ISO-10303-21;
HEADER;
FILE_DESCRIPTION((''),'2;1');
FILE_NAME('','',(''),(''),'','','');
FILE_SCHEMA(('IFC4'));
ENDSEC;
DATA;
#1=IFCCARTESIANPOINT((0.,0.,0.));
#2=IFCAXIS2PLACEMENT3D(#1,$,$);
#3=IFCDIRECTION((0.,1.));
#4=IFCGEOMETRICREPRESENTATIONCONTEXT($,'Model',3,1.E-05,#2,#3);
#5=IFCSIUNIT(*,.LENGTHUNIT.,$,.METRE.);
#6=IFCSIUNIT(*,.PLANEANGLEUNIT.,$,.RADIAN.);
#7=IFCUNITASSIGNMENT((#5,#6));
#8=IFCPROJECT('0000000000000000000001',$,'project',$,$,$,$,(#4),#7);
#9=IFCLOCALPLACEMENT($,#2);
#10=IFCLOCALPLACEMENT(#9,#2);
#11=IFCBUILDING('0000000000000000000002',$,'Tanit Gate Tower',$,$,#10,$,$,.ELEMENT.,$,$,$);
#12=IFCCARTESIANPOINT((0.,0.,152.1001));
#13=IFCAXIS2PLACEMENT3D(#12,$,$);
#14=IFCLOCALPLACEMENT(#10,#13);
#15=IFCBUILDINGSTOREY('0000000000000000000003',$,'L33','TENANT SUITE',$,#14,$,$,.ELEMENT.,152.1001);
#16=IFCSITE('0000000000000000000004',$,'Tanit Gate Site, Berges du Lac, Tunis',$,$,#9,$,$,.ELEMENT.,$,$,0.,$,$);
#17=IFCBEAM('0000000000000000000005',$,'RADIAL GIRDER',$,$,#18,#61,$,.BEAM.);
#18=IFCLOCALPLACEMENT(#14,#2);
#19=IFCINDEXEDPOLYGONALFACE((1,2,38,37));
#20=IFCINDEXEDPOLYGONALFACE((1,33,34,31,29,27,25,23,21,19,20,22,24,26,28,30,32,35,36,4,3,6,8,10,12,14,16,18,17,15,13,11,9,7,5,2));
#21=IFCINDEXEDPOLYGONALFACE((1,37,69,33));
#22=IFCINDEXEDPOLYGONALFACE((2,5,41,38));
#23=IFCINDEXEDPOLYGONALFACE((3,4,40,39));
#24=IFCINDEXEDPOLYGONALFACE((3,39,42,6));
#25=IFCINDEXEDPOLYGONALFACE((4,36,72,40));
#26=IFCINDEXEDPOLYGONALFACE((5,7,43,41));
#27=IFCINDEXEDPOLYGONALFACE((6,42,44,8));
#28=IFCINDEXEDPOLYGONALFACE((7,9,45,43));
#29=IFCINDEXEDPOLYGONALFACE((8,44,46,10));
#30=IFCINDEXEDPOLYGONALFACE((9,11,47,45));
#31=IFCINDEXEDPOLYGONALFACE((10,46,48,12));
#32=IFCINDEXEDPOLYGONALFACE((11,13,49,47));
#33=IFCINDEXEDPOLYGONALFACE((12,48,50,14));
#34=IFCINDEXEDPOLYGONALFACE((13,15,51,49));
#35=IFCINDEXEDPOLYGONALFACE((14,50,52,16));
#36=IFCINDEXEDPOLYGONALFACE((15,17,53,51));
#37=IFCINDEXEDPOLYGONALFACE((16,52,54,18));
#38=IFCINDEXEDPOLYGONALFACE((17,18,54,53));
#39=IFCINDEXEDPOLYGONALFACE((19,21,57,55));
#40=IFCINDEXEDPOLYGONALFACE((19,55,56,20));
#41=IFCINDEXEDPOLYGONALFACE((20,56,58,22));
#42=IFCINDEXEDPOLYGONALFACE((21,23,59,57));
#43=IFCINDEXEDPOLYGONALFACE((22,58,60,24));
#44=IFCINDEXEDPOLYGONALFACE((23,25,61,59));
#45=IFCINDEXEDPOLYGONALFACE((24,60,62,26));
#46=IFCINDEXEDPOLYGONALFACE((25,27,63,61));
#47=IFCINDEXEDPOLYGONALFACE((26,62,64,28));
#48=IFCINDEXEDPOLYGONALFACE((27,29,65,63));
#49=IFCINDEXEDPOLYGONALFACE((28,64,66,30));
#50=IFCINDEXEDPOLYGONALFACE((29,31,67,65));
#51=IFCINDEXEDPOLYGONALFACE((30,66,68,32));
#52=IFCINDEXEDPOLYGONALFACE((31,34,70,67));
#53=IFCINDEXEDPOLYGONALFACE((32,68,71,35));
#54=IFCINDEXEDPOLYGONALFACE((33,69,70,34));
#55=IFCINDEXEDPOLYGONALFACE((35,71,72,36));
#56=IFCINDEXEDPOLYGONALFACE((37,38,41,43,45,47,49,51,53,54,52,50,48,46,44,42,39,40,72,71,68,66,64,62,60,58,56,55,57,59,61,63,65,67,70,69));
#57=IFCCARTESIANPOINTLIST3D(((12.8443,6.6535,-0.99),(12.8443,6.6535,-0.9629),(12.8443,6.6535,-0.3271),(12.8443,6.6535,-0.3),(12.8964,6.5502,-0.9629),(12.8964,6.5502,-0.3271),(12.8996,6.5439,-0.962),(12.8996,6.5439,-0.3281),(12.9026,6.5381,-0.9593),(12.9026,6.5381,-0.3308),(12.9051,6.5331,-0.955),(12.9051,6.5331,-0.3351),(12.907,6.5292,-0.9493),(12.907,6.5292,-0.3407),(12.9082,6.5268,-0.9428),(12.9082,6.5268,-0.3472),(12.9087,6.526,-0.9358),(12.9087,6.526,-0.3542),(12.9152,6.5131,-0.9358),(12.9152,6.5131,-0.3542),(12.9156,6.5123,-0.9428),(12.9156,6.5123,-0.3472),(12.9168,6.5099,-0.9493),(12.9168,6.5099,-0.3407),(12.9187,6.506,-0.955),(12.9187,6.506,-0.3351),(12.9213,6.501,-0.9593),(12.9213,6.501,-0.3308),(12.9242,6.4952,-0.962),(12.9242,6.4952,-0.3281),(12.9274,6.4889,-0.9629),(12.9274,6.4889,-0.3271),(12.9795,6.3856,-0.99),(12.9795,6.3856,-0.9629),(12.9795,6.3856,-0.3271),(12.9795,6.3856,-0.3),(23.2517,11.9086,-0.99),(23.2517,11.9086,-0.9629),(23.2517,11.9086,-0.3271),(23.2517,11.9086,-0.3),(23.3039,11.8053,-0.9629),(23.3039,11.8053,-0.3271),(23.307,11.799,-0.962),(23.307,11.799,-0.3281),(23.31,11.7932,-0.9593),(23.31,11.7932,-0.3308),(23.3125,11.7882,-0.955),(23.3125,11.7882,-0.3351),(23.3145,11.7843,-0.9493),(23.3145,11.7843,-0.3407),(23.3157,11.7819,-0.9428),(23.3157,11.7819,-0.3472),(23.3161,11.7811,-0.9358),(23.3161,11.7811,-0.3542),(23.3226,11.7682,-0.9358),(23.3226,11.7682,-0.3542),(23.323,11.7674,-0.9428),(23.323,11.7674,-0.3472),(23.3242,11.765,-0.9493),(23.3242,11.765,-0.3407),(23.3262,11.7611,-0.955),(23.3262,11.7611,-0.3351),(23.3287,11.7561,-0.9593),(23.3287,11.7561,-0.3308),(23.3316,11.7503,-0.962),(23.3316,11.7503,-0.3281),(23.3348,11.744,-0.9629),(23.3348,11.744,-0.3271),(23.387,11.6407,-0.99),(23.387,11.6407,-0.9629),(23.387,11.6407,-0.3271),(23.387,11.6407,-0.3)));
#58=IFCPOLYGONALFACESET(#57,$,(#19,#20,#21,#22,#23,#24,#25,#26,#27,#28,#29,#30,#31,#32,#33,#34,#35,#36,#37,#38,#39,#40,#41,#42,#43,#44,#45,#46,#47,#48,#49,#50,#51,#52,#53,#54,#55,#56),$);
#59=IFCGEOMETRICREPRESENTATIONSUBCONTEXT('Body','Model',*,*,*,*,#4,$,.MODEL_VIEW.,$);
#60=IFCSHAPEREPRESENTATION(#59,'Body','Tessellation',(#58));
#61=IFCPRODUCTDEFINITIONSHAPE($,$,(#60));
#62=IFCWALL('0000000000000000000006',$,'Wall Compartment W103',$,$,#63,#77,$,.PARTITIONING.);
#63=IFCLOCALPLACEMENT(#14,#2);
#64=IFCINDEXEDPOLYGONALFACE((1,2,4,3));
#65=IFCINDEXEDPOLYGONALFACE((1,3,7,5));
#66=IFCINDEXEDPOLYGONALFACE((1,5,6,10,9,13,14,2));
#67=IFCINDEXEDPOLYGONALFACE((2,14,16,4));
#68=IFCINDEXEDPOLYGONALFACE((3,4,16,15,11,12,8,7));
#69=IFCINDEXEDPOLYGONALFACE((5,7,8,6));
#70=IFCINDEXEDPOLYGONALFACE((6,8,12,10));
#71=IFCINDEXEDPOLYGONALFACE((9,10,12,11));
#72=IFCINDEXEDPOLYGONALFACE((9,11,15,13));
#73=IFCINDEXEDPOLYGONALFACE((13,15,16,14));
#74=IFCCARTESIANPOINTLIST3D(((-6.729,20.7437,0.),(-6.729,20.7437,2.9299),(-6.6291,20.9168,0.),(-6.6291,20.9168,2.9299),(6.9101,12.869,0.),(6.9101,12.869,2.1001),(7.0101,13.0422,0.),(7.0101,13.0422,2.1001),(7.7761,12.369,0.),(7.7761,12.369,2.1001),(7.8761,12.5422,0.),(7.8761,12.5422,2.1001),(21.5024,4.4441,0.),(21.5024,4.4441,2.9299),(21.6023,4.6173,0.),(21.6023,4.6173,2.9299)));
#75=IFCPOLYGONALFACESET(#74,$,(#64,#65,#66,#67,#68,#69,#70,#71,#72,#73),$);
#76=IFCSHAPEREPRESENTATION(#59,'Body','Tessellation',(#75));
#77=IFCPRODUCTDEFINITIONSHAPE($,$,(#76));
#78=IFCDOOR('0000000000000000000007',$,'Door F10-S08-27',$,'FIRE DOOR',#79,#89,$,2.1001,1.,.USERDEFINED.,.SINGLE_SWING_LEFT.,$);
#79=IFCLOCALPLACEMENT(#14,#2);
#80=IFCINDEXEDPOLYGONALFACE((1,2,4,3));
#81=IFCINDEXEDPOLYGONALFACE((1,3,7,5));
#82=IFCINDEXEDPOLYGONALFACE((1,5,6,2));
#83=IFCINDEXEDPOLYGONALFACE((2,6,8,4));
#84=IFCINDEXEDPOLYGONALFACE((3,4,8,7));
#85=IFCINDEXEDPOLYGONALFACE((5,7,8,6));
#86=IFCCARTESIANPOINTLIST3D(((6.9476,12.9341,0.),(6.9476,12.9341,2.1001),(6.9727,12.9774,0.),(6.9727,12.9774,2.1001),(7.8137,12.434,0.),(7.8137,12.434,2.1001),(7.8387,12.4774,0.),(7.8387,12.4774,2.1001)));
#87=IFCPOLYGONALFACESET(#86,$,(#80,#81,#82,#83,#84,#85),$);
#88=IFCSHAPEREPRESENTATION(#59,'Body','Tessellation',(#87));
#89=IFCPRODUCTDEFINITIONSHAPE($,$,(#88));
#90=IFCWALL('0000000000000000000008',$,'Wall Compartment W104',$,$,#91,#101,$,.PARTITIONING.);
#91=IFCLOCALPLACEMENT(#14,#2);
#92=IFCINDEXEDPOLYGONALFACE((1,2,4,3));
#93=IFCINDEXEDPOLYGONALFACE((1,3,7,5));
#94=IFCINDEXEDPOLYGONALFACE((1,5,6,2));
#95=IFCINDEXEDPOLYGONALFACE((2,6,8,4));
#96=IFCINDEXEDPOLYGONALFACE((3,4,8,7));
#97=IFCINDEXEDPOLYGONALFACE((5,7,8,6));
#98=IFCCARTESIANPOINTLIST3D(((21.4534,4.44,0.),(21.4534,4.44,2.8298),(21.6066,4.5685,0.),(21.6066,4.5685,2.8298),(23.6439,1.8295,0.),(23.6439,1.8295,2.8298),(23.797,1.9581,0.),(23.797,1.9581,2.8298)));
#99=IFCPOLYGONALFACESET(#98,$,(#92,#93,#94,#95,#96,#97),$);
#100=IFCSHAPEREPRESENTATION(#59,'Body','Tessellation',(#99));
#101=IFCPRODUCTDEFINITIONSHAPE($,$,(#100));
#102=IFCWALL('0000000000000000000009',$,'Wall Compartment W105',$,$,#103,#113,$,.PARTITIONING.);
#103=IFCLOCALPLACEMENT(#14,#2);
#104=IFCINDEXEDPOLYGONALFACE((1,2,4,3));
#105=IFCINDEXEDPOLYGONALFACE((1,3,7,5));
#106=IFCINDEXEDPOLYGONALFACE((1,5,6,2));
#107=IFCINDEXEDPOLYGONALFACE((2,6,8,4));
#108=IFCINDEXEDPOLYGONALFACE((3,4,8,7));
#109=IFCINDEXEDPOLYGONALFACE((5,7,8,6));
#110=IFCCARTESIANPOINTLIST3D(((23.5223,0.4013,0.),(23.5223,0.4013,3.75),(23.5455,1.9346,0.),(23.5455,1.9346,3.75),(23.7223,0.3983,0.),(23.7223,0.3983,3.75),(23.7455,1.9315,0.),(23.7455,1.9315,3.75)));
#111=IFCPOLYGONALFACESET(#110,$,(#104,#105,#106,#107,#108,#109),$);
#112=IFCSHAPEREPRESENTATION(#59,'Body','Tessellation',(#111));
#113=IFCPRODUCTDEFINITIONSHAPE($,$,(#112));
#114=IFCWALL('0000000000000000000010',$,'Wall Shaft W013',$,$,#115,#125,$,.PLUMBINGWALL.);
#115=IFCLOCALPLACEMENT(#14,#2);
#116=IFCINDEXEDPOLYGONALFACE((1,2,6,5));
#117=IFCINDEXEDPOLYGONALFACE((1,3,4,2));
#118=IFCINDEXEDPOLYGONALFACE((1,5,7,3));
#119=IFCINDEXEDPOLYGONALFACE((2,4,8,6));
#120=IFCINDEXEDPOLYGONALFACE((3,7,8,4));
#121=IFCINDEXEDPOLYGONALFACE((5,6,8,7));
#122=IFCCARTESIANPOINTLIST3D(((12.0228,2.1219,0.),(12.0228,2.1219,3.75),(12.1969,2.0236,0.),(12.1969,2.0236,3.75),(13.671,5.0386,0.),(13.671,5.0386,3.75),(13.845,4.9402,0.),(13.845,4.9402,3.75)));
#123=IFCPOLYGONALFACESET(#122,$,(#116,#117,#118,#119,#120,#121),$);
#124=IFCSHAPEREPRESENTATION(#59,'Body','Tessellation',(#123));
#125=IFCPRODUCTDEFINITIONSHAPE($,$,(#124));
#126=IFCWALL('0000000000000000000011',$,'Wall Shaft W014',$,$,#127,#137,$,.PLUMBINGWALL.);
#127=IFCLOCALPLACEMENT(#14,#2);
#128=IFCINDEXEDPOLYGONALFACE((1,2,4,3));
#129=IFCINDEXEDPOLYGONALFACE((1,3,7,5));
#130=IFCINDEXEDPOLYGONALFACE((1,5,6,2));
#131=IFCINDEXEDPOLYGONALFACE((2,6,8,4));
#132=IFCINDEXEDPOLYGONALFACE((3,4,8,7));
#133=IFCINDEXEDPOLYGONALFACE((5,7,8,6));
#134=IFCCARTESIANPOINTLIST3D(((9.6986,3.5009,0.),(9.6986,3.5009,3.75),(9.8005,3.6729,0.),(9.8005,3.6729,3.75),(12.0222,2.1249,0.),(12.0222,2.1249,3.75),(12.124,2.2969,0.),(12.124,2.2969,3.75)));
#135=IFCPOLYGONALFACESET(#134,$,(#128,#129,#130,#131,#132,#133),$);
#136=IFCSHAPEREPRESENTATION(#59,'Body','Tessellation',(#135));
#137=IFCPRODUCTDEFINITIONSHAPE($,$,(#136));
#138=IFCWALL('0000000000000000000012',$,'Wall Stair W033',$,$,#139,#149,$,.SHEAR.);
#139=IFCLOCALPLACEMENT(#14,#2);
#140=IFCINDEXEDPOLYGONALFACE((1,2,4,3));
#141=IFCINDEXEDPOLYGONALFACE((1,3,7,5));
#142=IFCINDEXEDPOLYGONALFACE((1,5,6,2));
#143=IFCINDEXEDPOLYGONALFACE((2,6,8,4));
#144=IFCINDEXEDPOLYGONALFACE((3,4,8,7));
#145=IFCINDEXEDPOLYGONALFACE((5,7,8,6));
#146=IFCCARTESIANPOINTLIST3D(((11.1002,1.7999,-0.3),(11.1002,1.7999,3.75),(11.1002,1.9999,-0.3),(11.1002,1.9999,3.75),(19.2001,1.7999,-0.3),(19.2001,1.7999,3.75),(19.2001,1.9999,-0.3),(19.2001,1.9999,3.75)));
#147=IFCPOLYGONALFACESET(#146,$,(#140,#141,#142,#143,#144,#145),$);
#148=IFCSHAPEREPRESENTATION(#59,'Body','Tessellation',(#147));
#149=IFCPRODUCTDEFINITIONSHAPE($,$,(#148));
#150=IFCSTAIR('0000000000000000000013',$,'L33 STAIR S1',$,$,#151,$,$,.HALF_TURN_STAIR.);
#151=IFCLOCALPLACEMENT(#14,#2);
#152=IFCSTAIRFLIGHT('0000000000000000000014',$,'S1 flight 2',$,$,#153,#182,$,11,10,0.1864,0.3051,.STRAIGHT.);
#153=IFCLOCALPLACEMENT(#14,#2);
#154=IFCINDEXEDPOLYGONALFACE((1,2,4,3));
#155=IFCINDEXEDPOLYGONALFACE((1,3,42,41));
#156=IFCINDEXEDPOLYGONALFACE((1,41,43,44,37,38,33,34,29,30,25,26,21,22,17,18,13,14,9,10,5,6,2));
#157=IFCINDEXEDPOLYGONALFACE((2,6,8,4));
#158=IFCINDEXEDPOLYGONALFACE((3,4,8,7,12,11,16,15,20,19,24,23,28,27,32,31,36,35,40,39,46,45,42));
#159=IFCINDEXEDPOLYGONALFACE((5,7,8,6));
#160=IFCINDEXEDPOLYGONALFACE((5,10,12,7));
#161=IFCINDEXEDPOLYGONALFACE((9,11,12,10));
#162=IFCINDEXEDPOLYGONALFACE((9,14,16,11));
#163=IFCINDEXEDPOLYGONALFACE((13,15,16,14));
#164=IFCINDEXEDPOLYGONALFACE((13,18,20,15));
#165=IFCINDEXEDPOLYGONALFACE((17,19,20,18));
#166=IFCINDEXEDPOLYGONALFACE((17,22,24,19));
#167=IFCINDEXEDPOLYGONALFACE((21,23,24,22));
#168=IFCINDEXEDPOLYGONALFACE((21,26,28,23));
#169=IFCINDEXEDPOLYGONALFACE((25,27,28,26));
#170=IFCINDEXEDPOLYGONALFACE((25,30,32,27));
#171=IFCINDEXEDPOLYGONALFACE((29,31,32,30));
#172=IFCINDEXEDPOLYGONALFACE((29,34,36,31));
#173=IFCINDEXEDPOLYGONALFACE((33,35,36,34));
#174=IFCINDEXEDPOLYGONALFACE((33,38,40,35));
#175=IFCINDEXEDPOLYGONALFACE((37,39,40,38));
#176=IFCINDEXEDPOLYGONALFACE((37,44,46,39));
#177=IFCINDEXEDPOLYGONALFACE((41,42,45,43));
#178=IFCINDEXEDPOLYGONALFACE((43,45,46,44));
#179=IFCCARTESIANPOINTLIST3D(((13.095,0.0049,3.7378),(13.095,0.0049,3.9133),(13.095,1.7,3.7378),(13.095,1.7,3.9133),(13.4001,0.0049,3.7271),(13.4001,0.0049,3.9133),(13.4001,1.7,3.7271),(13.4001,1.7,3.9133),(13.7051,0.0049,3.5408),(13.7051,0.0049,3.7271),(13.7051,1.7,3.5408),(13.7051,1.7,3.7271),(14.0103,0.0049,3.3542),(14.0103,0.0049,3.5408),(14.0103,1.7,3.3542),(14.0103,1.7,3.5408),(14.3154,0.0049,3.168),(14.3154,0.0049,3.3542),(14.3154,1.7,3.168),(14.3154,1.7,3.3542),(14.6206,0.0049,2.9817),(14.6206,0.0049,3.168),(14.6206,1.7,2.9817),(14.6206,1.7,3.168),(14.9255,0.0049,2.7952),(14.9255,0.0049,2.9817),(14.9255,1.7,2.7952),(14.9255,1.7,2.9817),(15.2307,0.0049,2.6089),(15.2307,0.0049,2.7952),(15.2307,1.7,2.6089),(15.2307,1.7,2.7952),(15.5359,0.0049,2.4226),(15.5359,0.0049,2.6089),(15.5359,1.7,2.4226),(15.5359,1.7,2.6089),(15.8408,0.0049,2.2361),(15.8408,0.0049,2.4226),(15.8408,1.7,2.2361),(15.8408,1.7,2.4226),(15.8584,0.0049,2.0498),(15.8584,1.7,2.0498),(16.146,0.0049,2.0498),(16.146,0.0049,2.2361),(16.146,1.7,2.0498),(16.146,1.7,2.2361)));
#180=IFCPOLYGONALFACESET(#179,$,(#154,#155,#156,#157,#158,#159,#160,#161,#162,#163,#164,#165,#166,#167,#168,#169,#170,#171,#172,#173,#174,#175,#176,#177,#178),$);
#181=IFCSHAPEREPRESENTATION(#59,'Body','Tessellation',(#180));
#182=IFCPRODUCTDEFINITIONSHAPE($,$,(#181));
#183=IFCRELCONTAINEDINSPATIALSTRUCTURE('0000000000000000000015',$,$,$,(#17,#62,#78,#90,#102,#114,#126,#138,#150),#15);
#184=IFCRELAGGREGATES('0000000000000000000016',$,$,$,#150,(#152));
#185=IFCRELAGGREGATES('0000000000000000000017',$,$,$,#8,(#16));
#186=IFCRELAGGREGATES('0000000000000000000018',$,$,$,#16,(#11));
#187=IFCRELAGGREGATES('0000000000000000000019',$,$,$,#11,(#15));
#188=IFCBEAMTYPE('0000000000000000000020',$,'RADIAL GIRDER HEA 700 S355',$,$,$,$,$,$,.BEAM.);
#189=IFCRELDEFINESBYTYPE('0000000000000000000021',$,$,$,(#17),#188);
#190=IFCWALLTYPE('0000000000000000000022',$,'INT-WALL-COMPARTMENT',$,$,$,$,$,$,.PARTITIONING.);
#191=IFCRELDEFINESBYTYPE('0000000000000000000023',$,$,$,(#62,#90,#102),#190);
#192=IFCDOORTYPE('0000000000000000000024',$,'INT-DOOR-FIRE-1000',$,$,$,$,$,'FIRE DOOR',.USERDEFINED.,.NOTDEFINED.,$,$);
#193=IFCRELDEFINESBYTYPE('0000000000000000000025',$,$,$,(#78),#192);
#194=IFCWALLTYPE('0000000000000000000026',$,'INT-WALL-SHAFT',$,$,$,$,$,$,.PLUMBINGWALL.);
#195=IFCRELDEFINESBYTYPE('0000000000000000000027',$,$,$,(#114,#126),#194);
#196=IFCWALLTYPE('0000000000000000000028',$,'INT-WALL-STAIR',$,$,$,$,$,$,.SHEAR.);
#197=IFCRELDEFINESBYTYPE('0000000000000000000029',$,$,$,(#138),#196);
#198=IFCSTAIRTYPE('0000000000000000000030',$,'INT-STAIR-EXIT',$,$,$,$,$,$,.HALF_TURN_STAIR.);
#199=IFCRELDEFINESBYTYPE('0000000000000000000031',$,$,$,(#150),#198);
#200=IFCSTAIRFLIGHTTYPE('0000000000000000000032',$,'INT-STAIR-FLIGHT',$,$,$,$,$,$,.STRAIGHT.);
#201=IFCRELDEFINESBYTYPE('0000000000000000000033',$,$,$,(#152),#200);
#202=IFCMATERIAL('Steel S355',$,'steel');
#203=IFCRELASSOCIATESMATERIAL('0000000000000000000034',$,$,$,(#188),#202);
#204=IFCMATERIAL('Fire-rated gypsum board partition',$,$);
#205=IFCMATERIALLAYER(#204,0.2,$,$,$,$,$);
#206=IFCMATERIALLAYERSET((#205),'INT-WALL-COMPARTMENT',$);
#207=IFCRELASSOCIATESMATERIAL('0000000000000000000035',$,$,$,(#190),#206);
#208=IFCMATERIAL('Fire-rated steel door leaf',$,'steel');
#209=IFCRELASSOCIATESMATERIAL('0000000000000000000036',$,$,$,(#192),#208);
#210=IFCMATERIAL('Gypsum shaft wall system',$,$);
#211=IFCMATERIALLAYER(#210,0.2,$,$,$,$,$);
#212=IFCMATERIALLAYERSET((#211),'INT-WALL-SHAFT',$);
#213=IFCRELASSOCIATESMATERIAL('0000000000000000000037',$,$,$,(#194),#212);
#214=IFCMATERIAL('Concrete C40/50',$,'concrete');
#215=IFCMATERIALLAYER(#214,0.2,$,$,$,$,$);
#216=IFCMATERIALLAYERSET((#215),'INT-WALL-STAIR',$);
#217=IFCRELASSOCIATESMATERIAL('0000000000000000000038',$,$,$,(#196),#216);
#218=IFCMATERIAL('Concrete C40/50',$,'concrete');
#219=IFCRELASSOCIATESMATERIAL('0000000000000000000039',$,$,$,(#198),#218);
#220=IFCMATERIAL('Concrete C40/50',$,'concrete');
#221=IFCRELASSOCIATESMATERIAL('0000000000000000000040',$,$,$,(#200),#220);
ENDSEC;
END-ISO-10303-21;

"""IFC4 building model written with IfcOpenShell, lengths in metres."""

from ifc_helpers import new_model, si_unit, direction, frame, frame_2d, origin, origin_2d, place, context, subcontext, project, spatial, polyline, rectangle, i_section, outline, extrude, material, layer, layer_set, material_profile, profile_set, type_object, element, fill, aggregate, save


model = new_model("IFC4")

# Units and contexts
model_context = context("Model", 3, precision=1e-05, world=origin(), true_north=direction((0.0, 1.0)))
body_context = subcontext(model_context, "Body", "Model", "MODEL_VIEW")
ifc_project = project(units=[si_unit("LENGTHUNIT", "METRE"), si_unit("PLANEANGLEUNIT", "RADIAN")], contexts=[model_context])

# Site, building, storey
site_placement = place(None, origin())
site = spatial("IfcSite", under=ifc_project, at=site_placement, Name="Tanit Gate Site, Berges du Lac, Tunis", CompositionType="ELEMENT", RefElevation=0.0)
building_placement = place(site_placement, origin())
building = spatial("IfcBuilding", under=site, at=building_placement, Name="Tanit Gate Tower", CompositionType="ELEMENT")
storey_placement = place(building_placement, frame((0.0, 0.0, 152.1001)))
storey = spatial("IfcBuildingStorey", under=building, at=storey_placement, Name="L33", Description="TENANT SUITE", CompositionType="ELEMENT", Elevation=152.1001)

# Beam
ifc_material_1 = material(Name="Steel S355", Category="steel")
ifc_material_profile = material_profile(ifc_material_1, i_section(OverallWidth=0.3, OverallDepth=0.6899, WebThickness=0.0144, FlangeThickness=0.0271, FilletRadius=0.0271, at=origin_2d()), Name="HEA 700")
ifc_profile_set = profile_set([ifc_material_profile], Name="Steel S355")
beam_type = type_object("IfcBeamType", Name="RADIAL GIRDER HEA 700 S355", PredefinedType="BEAM", material=ifc_profile_set)
beam_placement = place(storey_placement, frame((23.3193, 11.7747, -0.645), z_axis=(-0.892657, -0.450736, 0.0), x_axis=(0.450736, -0.892657, 0.0)))
element("IfcBeam", 1, at=beam_placement, inside=storey, type_object=beam_type, Name="RADIAL GIRDER", PredefinedType="BEAM", context=body_context, shape_type="SweptSolid", body=[
    extrude(i_section(OverallWidth=0.3, OverallDepth=0.6899, WebThickness=0.0144, FlangeThickness=0.0271, FilletRadius=0.0271, at=origin_2d()), origin(), (0.0, 0.0, 1.0), 11.6589),
])

# Wall, opening, door
ifc_material_2 = material(Name="Fire-rated gypsum board partition")
ifc_layer_1 = layer(ifc_material_2, 0.2)
ifc_layer_set_1 = layer_set([ifc_layer_1], Name="INT-WALL-COMPARTMENT")
wall_type_1 = type_object("IfcWallType", Name="INT-WALL-COMPARTMENT", PredefinedType="PARTITIONING", material=ifc_layer_set_1)
wall_1_placement = place(storey_placement, frame((21.5522, 4.5308, 0.0), z_axis=(0.0, 0.0, 1.0), x_axis=(-0.866024, 0.500003, 0.0)))
wall_1 = element("IfcWall", 2, at=wall_1_placement, inside=storey, type_object=wall_type_1, Name="Wall Compartment W103", PredefinedType="PARTITIONING", context=body_context, shape_type="SweptSolid", body=[
    extrude(rectangle(XDim=32.5989, YDim=0.2, at=frame_2d((16.2993, 0.0))), origin(), (0.0, 0.0, 1.0), 2.9299),
])
opening_1_placement = place(wall_1_placement, frame((15.8496, 0.0, 0.0)))
opening_1 = element("IfcOpeningElement", 3, at=opening_1_placement, cuts=wall_1, PredefinedType="OPENING", context=body_context, shape_type="SweptSolid", body=[
    extrude(rectangle(XDim=1.0, YDim=2.1001, at=frame_2d((0.5, 1.05))), frame((0.0, 0.1099, 0.0), z_axis=(0.0, -1.0, 0.0), x_axis=(1.0, 0.0, 0.0)), (0.0, 0.0, 1.0), 0.22),
])
ifc_material_3 = material(Name="Fire-rated steel door leaf", Category="steel")
door_type_1 = type_object("IfcDoorType", Name="INT-DOOR-FIRE-1000", ElementType="FIRE DOOR", OperationType="NOTDEFINED", PredefinedType="USERDEFINED", material=ifc_material_3)
door_1_placement = place(opening_1_placement, origin())
door_1 = element("IfcDoor", 4, at=door_1_placement, inside=storey, type_object=door_type_1, Name="Door F10-S08-27", ObjectType="FIRE DOOR", OperationType="SINGLE_SWING_LEFT", OverallHeight=2.1001, OverallWidth=1.0, PredefinedType="USERDEFINED", context=body_context, shape_type="SweptSolid", body=[
    extrude(rectangle(XDim=1.0, YDim=2.1001, at=frame_2d((0.5, 1.05))), frame((0.0, 0.0249, 0.0), z_axis=(0.0, -1.0, 0.0), x_axis=(1.0, 0.0, 0.0)), (0.0, 0.0, 1.0), 0.05),
])
fill(opening_1, door_1)

# Walls
wall_2_placement = place(storey_placement, frame((23.7205, 1.8938, 0.0), z_axis=(0.0, 0.0, 1.0), x_axis=(-0.642802, 0.766032, 0.0)))
element("IfcWall", 5, at=wall_2_placement, inside=storey, type_object=wall_type_1, Name="Wall Compartment W104", PredefinedType="PARTITIONING", context=body_context, shape_type="SweptSolid", body=[
    extrude(rectangle(XDim=3.4077, YDim=0.2, at=frame_2d((1.7039, 0.0))), origin(), (0.0, 0.0, 1.0), 2.8298),
])
wall_3_placement = place(storey_placement, frame((23.6223, 0.3999, 0.0), z_axis=(0.0, 0.0, 1.0), x_axis=(0.015126, 0.999886, 0.0)))
element("IfcWall", 6, at=wall_3_placement, inside=storey, type_object=wall_type_1, Name="Wall Compartment W105", PredefinedType="PARTITIONING", context=body_context, shape_type="SweptSolid", body=[
    extrude(rectangle(XDim=1.5334, YDim=0.2, at=frame_2d((0.7666, 0.0))), origin(), (0.0, 0.0, 1.0), 3.75),
])
ifc_material_4 = material(Name="Gypsum shaft wall system")
ifc_layer_2 = layer(ifc_material_4, 0.2)
ifc_layer_set_2 = layer_set([ifc_layer_2], Name="INT-WALL-SHAFT")
wall_type_2 = type_object("IfcWallType", Name="INT-WALL-SHAFT", PredefinedType="PLUMBINGWALL", material=ifc_layer_set_2)
wall_4_placement = place(storey_placement, frame((12.1099, 2.0728, 0.0), z_axis=(0.0, 0.0, 1.0), x_axis=(0.491966, 0.870614, 0.0)))
element("IfcWall", 7, at=wall_4_placement, inside=storey, type_object=wall_type_2, Name="Wall Shaft W013", PredefinedType="PLUMBINGWALL", context=body_context, shape_type="SweptSolid", body=[
    extrude(rectangle(XDim=3.3501, YDim=0.2, at=frame_2d((1.675, 0.0))), origin(), (0.0, 0.0, 1.0), 3.75),
])
wall_5_placement = place(storey_placement, frame((12.073, 2.2109, 0.0), z_axis=(0.0, 0.0, 1.0), x_axis=(-0.860438, 0.509555, 0.0)))
element("IfcWall", 8, at=wall_5_placement, inside=storey, type_object=wall_type_2, Name="Wall Shaft W014", PredefinedType="PLUMBINGWALL", context=body_context, shape_type="SweptSolid", body=[
    extrude(rectangle(XDim=2.7004, YDim=0.2, at=frame_2d((1.3501, 0.0))), origin(), (0.0, 0.0, 1.0), 3.75),
])
ifc_material_5 = material(Name="Concrete C40/50", Category="concrete")
ifc_layer_3 = layer(ifc_material_5, 0.2)
ifc_layer_set_3 = layer_set([ifc_layer_3], Name="INT-WALL-STAIR")
wall_type_3 = type_object("IfcWallType", Name="INT-WALL-STAIR", PredefinedType="SHEAR", material=ifc_layer_set_3)
wall_6_placement = place(storey_placement, frame((19.2, 1.8999, -0.3), z_axis=(0.0, 0.0, 1.0), x_axis=(-1.0, 0.0, 0.0)))
element("IfcWall", 9, at=wall_6_placement, inside=storey, type_object=wall_type_3, Name="Wall Stair W033", PredefinedType="SHEAR", context=body_context, shape_type="SweptSolid", body=[
    extrude(rectangle(XDim=8.0999, YDim=0.2, at=frame_2d((4.0498, 0.0))), origin(), (0.0, 0.0, 1.0), 4.05),
])

# Stair, stair flight
ifc_material_6 = material(Name="Concrete C40/50", Category="concrete")
stair_type = type_object("IfcStairType", Name="INT-STAIR-EXIT", PredefinedType="HALF_TURN_STAIR", material=ifc_material_6)
stair_placement = place(storey_placement, origin())
stair = element("IfcStair", 10, at=stair_placement, inside=storey, type_object=stair_type, Name="L33 STAIR S1", PredefinedType="HALF_TURN_STAIR")
ifc_material_7 = material(Name="Concrete C40/50", Category="concrete")
stair_flight_type = type_object("IfcStairFlightType", Name="INT-STAIR-FLIGHT", PredefinedType="STRAIGHT", material=ifc_material_7)
stair_flight_placement = place(storey_placement, frame((16.146, 0.8525, 2.0498), z_axis=(0.0, 0.0, 1.0), x_axis=(-1.0, 0.0, 0.0)))
stair_flight = element("IfcStairFlight", 11, at=stair_flight_placement, type_object=stair_flight_type, Name="S1 flight 2", NumberOfRisers=11, NumberOfTreads=10, PredefinedType="STRAIGHT", RiserHeight=0.1864, TreadLength=0.3051, context=body_context, shape_type="SweptSolid", body=[
    extrude(outline(polyline([(0.0, 0.0), (0.0, 0.1863), (0.3052, 0.1863), (0.3052, 0.3728), (0.6101, 0.3728), (0.6101, 0.5591), (0.9153, 0.5591), (0.9153, 0.7454), (1.2205, 0.7454), (1.2205, 0.9319), (1.5254, 0.9319), (1.5254, 1.1182), (1.8306, 1.1182), (1.8306, 1.3044), (2.1357, 1.3044), (2.1357, 1.491), (2.4409, 1.491), (2.4409, 1.6772), (2.7458, 1.6772), (2.7458, 1.8635), (3.051, 1.8635), (3.051, 2.05), (3.051, 1.688), (0.2876, 0.0), (0.0, 0.0)])), frame((0.0, 0.8477, 0.0), z_axis=(0.0, -1.0, 0.0), x_axis=(1.0, 0.0, 0.0)), (0.0, 0.0, 1.0), 1.6951),
])
aggregate(stair, [stair_flight])

save(model, "model.ifc")
